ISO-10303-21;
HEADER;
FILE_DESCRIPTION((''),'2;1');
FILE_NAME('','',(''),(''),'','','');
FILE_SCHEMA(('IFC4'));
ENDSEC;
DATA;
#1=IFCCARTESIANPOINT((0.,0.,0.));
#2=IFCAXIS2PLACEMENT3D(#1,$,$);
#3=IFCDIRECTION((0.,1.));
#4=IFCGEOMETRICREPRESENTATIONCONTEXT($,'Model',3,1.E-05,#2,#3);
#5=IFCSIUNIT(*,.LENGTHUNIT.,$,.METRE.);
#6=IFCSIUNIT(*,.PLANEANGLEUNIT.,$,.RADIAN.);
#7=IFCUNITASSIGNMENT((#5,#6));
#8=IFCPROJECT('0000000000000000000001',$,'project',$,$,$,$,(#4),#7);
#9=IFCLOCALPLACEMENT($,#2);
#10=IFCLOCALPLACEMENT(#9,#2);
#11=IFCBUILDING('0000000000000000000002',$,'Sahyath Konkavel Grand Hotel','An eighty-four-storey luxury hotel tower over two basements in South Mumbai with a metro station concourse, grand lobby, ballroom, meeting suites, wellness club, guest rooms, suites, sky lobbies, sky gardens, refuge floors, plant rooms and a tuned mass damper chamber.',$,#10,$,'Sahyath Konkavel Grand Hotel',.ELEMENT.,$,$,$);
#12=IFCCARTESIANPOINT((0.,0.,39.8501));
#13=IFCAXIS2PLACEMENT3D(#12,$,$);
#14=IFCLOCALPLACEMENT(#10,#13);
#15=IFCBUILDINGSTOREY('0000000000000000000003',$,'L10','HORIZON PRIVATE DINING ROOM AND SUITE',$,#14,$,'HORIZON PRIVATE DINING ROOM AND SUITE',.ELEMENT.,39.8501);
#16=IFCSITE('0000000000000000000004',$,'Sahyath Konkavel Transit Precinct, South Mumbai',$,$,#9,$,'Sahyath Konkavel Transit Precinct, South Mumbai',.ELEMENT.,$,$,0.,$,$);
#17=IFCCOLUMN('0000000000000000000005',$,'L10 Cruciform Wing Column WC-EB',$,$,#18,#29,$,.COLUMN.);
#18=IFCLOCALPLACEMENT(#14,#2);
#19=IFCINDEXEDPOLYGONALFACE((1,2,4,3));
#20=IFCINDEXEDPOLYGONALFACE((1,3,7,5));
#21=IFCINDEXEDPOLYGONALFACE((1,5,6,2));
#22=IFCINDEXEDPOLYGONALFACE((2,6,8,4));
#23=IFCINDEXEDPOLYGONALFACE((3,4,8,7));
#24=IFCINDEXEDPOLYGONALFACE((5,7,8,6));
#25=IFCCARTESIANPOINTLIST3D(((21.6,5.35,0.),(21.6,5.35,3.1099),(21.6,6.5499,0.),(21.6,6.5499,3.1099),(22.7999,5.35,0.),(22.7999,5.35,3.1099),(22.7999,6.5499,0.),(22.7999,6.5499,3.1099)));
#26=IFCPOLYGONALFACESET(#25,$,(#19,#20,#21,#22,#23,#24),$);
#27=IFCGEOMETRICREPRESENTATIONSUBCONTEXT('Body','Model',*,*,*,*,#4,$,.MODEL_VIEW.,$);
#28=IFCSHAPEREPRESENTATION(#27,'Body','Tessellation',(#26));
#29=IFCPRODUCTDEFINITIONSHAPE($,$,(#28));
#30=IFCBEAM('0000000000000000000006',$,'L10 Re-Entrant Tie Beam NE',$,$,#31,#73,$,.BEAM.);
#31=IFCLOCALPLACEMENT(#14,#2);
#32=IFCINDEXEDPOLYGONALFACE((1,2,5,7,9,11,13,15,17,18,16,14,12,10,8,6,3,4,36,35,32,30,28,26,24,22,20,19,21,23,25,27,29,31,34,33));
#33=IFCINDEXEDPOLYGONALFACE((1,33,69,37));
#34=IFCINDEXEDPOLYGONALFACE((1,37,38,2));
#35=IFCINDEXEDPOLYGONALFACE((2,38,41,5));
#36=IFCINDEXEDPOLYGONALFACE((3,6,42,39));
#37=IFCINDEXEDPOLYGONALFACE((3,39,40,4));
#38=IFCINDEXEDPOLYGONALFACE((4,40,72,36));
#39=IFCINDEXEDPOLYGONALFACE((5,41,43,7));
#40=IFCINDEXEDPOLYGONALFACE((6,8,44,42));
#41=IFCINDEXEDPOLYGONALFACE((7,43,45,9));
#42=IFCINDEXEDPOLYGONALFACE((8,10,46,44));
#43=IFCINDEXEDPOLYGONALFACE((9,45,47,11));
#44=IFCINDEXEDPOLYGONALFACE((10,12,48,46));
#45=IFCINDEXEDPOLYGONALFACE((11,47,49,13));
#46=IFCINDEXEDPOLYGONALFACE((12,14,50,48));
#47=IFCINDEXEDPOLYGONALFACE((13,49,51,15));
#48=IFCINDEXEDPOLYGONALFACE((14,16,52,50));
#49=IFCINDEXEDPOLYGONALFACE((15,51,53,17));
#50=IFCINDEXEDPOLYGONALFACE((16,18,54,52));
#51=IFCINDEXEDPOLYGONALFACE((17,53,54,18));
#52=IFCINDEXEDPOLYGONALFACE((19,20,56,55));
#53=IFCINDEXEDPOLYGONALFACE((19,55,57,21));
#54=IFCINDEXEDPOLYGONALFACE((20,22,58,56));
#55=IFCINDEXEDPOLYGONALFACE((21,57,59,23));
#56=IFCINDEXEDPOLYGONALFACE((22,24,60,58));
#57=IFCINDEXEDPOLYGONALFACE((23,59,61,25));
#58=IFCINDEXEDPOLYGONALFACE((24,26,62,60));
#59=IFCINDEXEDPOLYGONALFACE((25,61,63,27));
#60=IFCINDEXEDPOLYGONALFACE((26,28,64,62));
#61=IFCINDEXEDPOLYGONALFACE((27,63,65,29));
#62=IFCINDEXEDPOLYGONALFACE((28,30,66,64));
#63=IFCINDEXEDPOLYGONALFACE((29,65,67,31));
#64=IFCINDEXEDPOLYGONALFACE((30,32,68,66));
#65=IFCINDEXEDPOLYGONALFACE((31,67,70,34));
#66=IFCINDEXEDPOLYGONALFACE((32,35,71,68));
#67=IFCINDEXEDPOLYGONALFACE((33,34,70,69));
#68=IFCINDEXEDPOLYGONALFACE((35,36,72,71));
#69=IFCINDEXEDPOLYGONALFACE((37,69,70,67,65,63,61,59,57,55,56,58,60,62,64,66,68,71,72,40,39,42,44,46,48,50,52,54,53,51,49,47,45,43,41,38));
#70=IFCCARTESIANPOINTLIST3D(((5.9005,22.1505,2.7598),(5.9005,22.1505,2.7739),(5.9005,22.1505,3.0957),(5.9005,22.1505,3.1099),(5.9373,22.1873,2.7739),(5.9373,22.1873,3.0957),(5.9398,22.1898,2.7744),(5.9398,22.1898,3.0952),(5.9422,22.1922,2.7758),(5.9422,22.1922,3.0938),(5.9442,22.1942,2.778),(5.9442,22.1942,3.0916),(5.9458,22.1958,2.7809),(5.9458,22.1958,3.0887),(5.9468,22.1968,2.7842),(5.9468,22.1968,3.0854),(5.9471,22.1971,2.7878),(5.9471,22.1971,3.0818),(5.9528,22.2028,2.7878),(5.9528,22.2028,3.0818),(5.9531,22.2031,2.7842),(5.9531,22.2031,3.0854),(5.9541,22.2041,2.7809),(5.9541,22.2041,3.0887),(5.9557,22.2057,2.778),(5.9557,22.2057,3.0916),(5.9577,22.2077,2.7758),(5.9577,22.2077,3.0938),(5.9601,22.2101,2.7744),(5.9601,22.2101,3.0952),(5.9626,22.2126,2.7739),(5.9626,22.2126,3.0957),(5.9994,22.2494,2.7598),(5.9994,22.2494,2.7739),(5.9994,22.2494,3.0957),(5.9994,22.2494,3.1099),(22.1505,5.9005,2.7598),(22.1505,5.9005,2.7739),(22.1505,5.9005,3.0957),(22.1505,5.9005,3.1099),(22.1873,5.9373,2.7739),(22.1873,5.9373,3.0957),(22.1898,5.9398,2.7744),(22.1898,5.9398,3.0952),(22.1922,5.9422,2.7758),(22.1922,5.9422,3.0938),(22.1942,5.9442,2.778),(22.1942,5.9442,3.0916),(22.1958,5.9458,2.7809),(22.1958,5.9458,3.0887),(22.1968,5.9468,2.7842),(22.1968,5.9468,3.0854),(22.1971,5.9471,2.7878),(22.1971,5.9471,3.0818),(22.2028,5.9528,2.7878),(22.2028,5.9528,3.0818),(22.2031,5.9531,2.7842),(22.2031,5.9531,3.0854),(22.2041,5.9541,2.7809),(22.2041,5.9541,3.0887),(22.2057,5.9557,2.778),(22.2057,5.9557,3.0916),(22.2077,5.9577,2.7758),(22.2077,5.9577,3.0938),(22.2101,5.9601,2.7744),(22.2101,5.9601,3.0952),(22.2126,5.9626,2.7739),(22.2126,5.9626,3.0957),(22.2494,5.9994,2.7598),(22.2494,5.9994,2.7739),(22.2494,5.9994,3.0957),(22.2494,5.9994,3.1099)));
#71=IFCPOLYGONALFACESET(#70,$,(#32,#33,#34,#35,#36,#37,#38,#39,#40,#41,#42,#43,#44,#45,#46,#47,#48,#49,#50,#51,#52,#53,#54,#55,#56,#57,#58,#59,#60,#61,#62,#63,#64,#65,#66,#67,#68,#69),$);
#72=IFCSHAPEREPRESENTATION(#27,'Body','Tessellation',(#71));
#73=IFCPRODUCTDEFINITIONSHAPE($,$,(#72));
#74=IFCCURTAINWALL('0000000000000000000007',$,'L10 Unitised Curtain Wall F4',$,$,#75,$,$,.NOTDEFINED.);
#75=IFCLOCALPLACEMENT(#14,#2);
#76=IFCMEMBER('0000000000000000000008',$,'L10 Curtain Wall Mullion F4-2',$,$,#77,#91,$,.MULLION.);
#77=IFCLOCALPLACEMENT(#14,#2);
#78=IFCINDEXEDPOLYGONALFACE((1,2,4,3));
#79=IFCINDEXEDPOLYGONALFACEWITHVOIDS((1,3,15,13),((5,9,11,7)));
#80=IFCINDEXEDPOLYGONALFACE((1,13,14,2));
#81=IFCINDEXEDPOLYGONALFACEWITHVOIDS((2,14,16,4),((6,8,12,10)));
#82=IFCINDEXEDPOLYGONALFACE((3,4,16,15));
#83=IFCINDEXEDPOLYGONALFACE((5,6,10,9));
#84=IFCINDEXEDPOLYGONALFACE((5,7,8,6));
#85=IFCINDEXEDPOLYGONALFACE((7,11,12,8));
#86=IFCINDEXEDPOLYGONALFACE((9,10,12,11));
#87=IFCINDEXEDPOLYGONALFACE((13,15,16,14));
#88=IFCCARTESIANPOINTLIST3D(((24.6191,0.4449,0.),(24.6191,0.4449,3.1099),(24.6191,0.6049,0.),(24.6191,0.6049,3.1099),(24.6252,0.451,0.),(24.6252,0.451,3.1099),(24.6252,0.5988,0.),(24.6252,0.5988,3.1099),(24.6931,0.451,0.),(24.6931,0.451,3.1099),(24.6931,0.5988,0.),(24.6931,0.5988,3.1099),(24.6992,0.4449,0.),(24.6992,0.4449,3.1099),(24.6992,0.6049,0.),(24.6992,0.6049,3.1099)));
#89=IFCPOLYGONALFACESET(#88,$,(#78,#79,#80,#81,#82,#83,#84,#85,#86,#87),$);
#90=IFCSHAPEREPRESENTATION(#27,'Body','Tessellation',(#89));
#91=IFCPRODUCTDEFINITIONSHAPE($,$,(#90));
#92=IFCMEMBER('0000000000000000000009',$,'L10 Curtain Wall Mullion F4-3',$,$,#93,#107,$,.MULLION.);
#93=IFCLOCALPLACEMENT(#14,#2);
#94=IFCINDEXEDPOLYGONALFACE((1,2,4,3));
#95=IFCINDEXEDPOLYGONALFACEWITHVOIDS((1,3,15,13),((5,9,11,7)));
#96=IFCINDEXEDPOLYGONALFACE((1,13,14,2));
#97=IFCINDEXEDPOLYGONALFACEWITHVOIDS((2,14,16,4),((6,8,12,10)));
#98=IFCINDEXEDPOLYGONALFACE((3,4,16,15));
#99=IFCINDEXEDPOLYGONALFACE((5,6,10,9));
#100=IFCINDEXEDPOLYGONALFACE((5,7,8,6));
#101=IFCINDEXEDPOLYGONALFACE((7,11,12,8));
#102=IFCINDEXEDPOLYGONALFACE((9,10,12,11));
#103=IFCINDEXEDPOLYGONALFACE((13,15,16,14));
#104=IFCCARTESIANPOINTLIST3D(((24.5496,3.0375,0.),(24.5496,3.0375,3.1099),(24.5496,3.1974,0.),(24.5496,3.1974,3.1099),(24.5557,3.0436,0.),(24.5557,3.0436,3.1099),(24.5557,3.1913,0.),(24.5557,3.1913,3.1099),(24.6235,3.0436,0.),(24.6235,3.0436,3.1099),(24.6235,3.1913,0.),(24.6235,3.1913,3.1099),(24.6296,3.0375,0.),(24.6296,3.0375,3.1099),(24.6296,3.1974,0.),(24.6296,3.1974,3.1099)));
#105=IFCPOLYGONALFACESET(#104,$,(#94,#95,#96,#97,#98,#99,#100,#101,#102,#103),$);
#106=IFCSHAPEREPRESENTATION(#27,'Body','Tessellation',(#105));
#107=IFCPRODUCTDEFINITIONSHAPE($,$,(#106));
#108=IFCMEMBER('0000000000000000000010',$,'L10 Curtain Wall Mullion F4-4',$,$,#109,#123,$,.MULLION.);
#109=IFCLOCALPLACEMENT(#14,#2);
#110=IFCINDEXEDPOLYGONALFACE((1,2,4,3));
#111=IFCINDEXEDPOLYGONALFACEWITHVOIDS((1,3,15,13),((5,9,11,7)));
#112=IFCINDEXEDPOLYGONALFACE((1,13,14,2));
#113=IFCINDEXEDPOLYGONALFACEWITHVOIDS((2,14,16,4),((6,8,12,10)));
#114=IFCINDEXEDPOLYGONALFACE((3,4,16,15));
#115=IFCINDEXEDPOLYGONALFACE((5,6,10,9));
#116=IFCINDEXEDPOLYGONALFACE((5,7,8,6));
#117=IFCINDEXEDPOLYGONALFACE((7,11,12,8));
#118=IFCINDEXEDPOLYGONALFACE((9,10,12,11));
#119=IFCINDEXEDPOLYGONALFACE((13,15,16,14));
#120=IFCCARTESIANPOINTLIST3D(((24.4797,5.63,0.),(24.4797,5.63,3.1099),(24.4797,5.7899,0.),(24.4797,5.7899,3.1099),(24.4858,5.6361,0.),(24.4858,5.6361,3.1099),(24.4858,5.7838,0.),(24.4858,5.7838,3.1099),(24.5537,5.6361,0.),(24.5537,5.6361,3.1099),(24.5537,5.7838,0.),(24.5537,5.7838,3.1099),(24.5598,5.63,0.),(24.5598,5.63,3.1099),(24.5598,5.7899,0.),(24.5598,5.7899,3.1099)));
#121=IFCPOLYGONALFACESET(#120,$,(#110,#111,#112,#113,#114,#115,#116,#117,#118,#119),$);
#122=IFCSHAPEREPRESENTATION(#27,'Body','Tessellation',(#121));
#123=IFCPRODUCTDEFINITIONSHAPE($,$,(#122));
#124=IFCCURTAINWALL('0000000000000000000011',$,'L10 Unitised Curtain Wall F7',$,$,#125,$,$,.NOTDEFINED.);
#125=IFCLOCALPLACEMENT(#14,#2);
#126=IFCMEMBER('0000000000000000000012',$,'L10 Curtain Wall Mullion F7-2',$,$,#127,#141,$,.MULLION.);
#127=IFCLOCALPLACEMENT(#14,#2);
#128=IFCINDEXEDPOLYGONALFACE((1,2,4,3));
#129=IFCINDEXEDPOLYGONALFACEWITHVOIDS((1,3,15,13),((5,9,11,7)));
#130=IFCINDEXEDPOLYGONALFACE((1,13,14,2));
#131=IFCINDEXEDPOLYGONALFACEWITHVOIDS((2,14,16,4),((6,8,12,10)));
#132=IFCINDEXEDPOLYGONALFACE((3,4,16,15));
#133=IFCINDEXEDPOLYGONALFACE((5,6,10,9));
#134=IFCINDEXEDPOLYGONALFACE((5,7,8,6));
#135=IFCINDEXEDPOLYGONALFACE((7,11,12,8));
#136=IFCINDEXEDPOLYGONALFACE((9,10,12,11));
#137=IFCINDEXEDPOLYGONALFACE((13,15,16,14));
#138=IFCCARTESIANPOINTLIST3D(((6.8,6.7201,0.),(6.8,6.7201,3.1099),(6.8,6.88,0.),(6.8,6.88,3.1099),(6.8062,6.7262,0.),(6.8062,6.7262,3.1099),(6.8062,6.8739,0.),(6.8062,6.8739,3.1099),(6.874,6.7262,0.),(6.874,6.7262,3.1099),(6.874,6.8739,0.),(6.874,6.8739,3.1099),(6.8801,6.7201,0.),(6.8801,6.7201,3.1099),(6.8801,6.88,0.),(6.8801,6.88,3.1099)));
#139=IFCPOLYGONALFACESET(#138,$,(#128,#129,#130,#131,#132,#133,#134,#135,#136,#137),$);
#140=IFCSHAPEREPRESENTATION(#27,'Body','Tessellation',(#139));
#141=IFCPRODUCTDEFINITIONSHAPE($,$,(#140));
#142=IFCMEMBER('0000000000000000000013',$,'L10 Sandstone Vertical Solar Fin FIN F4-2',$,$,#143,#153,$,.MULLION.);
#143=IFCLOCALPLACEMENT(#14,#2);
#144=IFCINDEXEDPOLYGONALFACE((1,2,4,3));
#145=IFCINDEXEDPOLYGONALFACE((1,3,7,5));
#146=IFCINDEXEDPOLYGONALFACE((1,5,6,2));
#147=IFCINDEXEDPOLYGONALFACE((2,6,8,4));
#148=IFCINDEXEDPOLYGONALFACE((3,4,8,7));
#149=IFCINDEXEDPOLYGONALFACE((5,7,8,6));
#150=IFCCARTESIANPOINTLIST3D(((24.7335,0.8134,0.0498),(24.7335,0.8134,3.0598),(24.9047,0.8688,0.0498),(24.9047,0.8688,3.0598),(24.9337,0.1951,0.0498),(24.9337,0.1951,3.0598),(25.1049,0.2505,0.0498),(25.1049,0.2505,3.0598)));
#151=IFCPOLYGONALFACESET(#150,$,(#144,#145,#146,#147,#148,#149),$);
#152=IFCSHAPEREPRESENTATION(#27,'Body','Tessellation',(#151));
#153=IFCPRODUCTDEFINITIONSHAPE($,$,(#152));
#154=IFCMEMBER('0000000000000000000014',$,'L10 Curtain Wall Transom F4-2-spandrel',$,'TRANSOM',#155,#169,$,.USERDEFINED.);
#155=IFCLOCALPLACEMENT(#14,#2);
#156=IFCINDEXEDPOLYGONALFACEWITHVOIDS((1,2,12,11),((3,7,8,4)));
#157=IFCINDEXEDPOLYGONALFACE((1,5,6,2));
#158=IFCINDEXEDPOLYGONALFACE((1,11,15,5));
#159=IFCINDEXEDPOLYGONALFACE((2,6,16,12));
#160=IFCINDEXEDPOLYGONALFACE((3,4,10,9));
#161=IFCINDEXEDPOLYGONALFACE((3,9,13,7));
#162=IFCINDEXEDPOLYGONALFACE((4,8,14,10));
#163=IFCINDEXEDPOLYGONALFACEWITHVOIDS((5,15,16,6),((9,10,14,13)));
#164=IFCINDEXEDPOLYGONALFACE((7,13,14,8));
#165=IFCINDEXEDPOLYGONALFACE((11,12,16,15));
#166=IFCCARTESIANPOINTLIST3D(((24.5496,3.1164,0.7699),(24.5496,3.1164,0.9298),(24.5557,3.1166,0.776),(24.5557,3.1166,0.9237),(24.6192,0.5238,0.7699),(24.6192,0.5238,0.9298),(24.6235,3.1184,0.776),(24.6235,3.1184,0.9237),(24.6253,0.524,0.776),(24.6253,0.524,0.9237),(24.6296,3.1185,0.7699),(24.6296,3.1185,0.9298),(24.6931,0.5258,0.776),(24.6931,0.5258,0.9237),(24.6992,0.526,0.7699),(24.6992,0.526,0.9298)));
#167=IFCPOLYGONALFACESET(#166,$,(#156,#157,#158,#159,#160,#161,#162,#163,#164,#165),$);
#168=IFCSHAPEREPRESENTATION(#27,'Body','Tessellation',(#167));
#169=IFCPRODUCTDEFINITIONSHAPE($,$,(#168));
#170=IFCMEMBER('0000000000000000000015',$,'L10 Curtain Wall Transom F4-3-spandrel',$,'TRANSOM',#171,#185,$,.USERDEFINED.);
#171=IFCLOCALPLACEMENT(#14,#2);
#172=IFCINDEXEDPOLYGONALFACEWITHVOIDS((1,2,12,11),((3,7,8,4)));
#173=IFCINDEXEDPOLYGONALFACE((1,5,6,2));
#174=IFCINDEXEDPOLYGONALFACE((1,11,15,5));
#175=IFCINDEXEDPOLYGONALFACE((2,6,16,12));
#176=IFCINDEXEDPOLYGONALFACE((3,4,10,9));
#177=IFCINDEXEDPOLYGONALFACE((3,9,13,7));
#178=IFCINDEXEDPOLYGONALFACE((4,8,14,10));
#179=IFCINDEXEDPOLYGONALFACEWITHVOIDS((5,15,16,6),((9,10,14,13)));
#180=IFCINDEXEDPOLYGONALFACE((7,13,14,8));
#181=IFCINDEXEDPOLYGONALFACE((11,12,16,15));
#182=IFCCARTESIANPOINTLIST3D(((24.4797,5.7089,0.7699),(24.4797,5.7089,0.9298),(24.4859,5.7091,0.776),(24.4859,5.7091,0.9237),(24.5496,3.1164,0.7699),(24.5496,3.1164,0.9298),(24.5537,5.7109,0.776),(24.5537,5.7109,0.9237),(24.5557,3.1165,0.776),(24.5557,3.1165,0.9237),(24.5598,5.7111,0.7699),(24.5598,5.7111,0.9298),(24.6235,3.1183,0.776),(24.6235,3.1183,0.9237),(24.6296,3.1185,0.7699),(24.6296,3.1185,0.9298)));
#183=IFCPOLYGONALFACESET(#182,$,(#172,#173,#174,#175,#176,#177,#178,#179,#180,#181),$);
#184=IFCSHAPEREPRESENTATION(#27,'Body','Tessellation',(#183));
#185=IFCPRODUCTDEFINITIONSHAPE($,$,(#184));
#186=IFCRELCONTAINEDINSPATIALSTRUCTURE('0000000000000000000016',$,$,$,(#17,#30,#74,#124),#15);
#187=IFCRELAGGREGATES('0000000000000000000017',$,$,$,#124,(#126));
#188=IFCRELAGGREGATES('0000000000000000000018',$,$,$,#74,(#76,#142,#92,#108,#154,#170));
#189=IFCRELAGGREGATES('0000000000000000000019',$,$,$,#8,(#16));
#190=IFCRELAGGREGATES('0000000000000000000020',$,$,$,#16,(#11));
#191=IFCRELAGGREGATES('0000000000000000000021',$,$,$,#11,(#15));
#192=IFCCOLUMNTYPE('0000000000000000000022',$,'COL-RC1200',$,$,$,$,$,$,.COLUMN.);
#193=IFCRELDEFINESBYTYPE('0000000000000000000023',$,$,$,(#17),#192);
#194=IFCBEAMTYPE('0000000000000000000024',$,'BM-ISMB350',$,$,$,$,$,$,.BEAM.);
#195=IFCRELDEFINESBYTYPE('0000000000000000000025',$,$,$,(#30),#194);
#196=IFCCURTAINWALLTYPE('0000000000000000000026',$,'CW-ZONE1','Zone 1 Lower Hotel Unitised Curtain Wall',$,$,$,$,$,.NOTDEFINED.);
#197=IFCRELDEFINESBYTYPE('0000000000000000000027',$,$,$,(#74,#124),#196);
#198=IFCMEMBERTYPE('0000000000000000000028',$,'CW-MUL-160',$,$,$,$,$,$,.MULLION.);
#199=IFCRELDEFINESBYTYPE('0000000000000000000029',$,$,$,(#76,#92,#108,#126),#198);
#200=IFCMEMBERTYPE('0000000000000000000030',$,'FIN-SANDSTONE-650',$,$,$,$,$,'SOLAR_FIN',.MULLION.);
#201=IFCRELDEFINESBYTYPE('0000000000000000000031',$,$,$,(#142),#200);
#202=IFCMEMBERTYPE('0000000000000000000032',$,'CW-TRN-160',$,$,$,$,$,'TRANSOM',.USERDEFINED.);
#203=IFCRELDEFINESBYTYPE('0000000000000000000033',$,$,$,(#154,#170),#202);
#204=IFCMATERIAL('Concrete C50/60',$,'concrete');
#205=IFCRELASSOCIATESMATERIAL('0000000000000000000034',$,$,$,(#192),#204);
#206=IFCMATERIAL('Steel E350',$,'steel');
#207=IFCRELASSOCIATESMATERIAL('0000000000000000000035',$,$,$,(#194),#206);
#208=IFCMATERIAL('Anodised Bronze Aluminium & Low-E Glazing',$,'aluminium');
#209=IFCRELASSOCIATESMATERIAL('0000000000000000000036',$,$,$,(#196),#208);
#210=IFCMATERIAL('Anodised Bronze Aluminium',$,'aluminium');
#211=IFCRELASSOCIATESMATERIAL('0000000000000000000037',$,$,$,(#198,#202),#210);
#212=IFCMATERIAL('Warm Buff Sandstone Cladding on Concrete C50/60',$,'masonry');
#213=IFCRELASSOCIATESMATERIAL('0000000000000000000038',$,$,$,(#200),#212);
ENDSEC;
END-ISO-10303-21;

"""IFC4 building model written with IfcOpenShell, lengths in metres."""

from ifc_helpers import new_model, si_unit, direction, frame, origin, origin_2d, place, context, subcontext, project, spatial, rectangle, hollow_rectangle, i_section, extrude, source, transform, mapped, material, material_profile, profile_set, type_object, element, aggregate, save


model = new_model("IFC4")

# Units and contexts
model_context = context("Model", 3, precision=1e-05, world=origin(), true_north=direction((0.0, 1.0)))
body_context = subcontext(model_context, "Body", "Model", "MODEL_VIEW")
ifc_project = project(units=[si_unit("LENGTHUNIT", "METRE"), si_unit("PLANEANGLEUNIT", "RADIAN")], contexts=[model_context])

# Site, building, storey
site_placement = place(None, origin())
site = spatial("IfcSite", under=ifc_project, at=site_placement, Name="Sahyath Konkavel Transit Precinct, South Mumbai", LongName="Sahyath Konkavel Transit Precinct, South Mumbai", CompositionType="ELEMENT", RefElevation=0.0)
building_placement = place(site_placement, origin())
building = spatial("IfcBuilding", under=site, at=building_placement, Name="Sahyath Konkavel Grand Hotel", Description="An eighty-four-storey luxury hotel tower over two basements in South Mumbai with a metro station concourse, grand lobby, ballroom, meeting suites, wellness club, guest rooms, suites, sky lobbies, sky gardens, refuge floors, plant rooms and a tuned mass damper chamber.", LongName="Sahyath Konkavel Grand Hotel", CompositionType="ELEMENT")
storey_placement = place(building_placement, frame((0.0, 0.0, 39.8501)))
storey = spatial("IfcBuildingStorey", under=building, at=storey_placement, Name="L10", Description="HORIZON PRIVATE DINING ROOM AND SUITE", LongName="HORIZON PRIVATE DINING ROOM AND SUITE", CompositionType="ELEMENT", Elevation=39.8501)

# Column
ifc_material_1 = material(Name="Concrete C50/60", Category="concrete")
ifc_material_profile_1 = material_profile(ifc_material_1, rectangle(XDim=1.2, YDim=1.2, at=origin_2d()), Name="RC 1200x1200")
ifc_profile_set_1 = profile_set([ifc_material_profile_1], Name="Concrete C50/60")
column_type = type_object("IfcColumnType", Name="COL-RC1200", PredefinedType="COLUMN", material=ifc_profile_set_1)
shared_shape_1 = source(origin(), body_context, "Body", "SweptSolid", [
    extrude(rectangle(XDim=1.2, YDim=1.2, at=origin_2d()), origin(), (0.0, 0.0, 1.0), 3.1099),
])
column_placement = place(storey_placement, frame((22.2, 5.95, 0.0), z_axis=(0.0, 0.0, 1.0), x_axis=(1.0, 0.0, 0.0)))
element("IfcColumn", 1, at=column_placement, inside=storey, type_object=column_type, Name="L10 Cruciform Wing Column WC-EB", PredefinedType="COLUMN", context=body_context, shape_type="MappedRepresentation", body=[
    mapped(shared_shape_1, transform((0.0, 0.0, 0.0), scale=1.0)),
])

# Beam
ifc_material_2 = material(Name="Steel E350", Category="steel")
ifc_material_profile_2 = material_profile(ifc_material_2, i_section(OverallWidth=0.1399, OverallDepth=0.3501, WebThickness=0.0081, FlangeThickness=0.0142, FilletRadius=0.0139, at=origin_2d()), Name="ISMB 350")
ifc_profile_set_2 = profile_set([ifc_material_profile_2], Name="Steel E350")
beam_type_1 = type_object("IfcBeamType", Name="BM-ISMB350", PredefinedType="BEAM", material=ifc_profile_set_2)
shared_shape_2 = source(origin(), body_context, "Body", "SweptSolid", [
    extrude(i_section(OverallWidth=0.1399, OverallDepth=0.3501, WebThickness=0.0081, FlangeThickness=0.0142, FilletRadius=0.0139, at=origin_2d()), origin(), (0.0, 0.0, 1.0), 22.981),
])
beam_1_placement = place(storey_placement, frame((22.2, 5.95, 2.9348), z_axis=(-0.707107, 0.707107, 0.0), x_axis=(-0.707107, -0.707107, 0.0)))
element("IfcBeam", 2, at=beam_1_placement, inside=storey, type_object=beam_type_1, Name="L10 Re-Entrant Tie Beam NE", PredefinedType="BEAM", context=body_context, shape_type="MappedRepresentation", body=[
    mapped(shared_shape_2, transform((0.0, 0.0, 0.0), scale=1.0)),
])

# Curtain wall, members
ifc_material_3 = material(Name="Anodised Bronze Aluminium & Low-E Glazing", Category="aluminium")
curtain_wall_type = type_object("IfcCurtainWallType", Name="CW-ZONE1", Description="Zone 1 Lower Hotel Unitised Curtain Wall", PredefinedType="NOTDEFINED", material=ifc_material_3)
curtain_wall_1_placement = place(storey_placement, origin())
curtain_wall_1 = element("IfcCurtainWall", 3, at=curtain_wall_1_placement, inside=storey, type_object=curtain_wall_type, Name="L10 Unitised Curtain Wall F4", PredefinedType="NOTDEFINED")
ifc_material_4 = material(Name="Anodised Bronze Aluminium", Category="aluminium")
ifc_material_profile_3 = material_profile(ifc_material_4, hollow_rectangle(XDim=0.0801, YDim=0.1599, WallThickness=0.0061, at=origin_2d()), Name="RHS 160x80x6")
ifc_profile_set_3 = profile_set([ifc_material_profile_3], Name="Anodised Bronze Aluminium")
member_type_1 = type_object("IfcMemberType", Name="CW-MUL-160", PredefinedType="MULLION", material=ifc_profile_set_3)
shared_shape_3 = source(origin(), body_context, "Body", "SweptSolid", [
    extrude(hollow_rectangle(XDim=0.0801, YDim=0.1599, WallThickness=0.0061, at=origin_2d()), origin(), (0.0, 0.0, 1.0), 3.1099),
])
member_1_placement = place(storey_placement, frame((24.6592, 0.5249, 0.0), z_axis=(0.0, 0.0, 1.0), x_axis=(1.0, 0.0, 0.0)))
member_1 = element("IfcMember", 4, at=member_1_placement, type_object=member_type_1, Name="L10 Curtain Wall Mullion F4-2", PredefinedType="MULLION", context=body_context, shape_type="MappedRepresentation", body=[
    mapped(shared_shape_3, transform((0.0, 0.0, 0.0), scale=1.0)),
])
member_2_placement = place(storey_placement, frame((24.5896, 3.1174, 0.0), z_axis=(0.0, 0.0, 1.0), x_axis=(1.0, 0.0, 0.0)))
member_2 = element("IfcMember", 5, at=member_2_placement, type_object=member_type_1, Name="L10 Curtain Wall Mullion F4-3", PredefinedType="MULLION", context=body_context, shape_type="MappedRepresentation", body=[
    mapped(shared_shape_3, transform((0.0, 0.0, 0.0), scale=1.0)),
])
member_3_placement = place(storey_placement, frame((24.5198, 5.71, 0.0), z_axis=(0.0, 0.0, 1.0), x_axis=(1.0, 0.0, 0.0)))
member_3 = element("IfcMember", 6, at=member_3_placement, type_object=member_type_1, Name="L10 Curtain Wall Mullion F4-4", PredefinedType="MULLION", context=body_context, shape_type="MappedRepresentation", body=[
    mapped(shared_shape_3, transform((0.0, 0.0, 0.0), scale=1.0)),
])

# Curtain wall, member
curtain_wall_2_placement = place(storey_placement, origin())
curtain_wall_2 = element("IfcCurtainWall", 7, at=curtain_wall_2_placement, inside=storey, type_object=curtain_wall_type, Name="L10 Unitised Curtain Wall F7", PredefinedType="NOTDEFINED")
member_4_placement = place(storey_placement, frame((6.8401, 6.8, 0.0), z_axis=(0.0, 0.0, 1.0), x_axis=(1.0, 0.0, 0.0)))
member_4 = element("IfcMember", 8, at=member_4_placement, type_object=member_type_1, Name="L10 Curtain Wall Mullion F7-2", PredefinedType="MULLION", context=body_context, shape_type="MappedRepresentation", body=[
    mapped(shared_shape_3, transform((0.0, 0.0, 0.0), scale=1.0)),
])

# Members
ifc_material_5 = material(Name="Warm Buff Sandstone Cladding on Concrete C50/60", Category="masonry")
ifc_material_profile_4 = material_profile(ifc_material_5, rectangle(XDim=0.1799, YDim=0.6499, at=origin_2d()), Name="FIN 180x650")
ifc_profile_set_4 = profile_set([ifc_material_profile_4], Name="Warm Buff Sandstone Cladding on Concrete C50/60")
member_type_2 = type_object("IfcMemberType", Name="FIN-SANDSTONE-650", ElementType="SOLAR_FIN", PredefinedType="MULLION", material=ifc_profile_set_4)
shared_shape_4 = source(origin(), body_context, "Body", "SweptSolid", [
    extrude(rectangle(XDim=0.1799, YDim=0.6499, at=origin_2d()), origin(), (0.0, 0.0, 1.0), 3.01),
])
member_5_placement = place(storey_placement, frame((24.9192, 0.532, 0.0498), z_axis=(0.0, 0.0, 1.0), x_axis=(0.95138, 0.308021, 0.0)))
member_5 = element("IfcMember", 9, at=member_5_placement, type_object=member_type_2, Name="L10 Sandstone Vertical Solar Fin FIN F4-2", PredefinedType="MULLION", context=body_context, shape_type="MappedRepresentation", body=[
    mapped(shared_shape_4, transform((0.0, 0.0, 0.0), scale=1.0)),
])
ifc_material_profile_5 = material_profile(ifc_material_4, hollow_rectangle(XDim=0.0801, YDim=0.1599, WallThickness=0.0061, at=origin_2d()), Name="RHS 160x80x6")
ifc_profile_set_5 = profile_set([ifc_material_profile_5], Name="Anodised Bronze Aluminium")
member_type_3 = type_object("IfcMemberType", Name="CW-TRN-160", ElementType="TRANSOM", PredefinedType="USERDEFINED", material=ifc_profile_set_5)
shared_shape_5 = source(origin(), body_context, "Body", "SweptSolid", [
    extrude(hollow_rectangle(XDim=0.0801, YDim=0.1599, WallThickness=0.0061, at=origin_2d()), origin(), (0.0, 0.0, 1.0), 2.5935),
])
member_6_placement = place(storey_placement, frame((24.6592, 0.5249, 0.8499), z_axis=(-0.026829, 0.99964, 0.0), x_axis=(-0.99964, -0.026829, 0.0)))
member_6 = element("IfcMember", 10, at=member_6_placement, type_object=member_type_3, Name="L10 Curtain Wall Transom F4-2-spandrel", ObjectType="TRANSOM", PredefinedType="USERDEFINED", context=body_context, shape_type="MappedRepresentation", body=[
    mapped(shared_shape_5, transform((0.0, 0.0, 0.0), scale=1.0)),
])
member_7_placement = place(storey_placement, frame((24.5896, 3.1174, 0.8499), z_axis=(-0.026923, 0.999638, 0.0), x_axis=(-0.999638, -0.026923, 0.0)))
member_7 = element("IfcMember", 11, at=member_7_placement, type_object=member_type_3, Name="L10 Curtain Wall Transom F4-3-spandrel", ObjectType="TRANSOM", PredefinedType="USERDEFINED", context=body_context, shape_type="MappedRepresentation", body=[
    mapped(shared_shape_5, transform((0.0, 0.0, 0.0), scale=1.0)),
])

aggregate(curtain_wall_2, [member_4])
aggregate(curtain_wall_1, [member_1, member_5, member_2, member_3, member_6, member_7])

save(model, "model.ifc")
